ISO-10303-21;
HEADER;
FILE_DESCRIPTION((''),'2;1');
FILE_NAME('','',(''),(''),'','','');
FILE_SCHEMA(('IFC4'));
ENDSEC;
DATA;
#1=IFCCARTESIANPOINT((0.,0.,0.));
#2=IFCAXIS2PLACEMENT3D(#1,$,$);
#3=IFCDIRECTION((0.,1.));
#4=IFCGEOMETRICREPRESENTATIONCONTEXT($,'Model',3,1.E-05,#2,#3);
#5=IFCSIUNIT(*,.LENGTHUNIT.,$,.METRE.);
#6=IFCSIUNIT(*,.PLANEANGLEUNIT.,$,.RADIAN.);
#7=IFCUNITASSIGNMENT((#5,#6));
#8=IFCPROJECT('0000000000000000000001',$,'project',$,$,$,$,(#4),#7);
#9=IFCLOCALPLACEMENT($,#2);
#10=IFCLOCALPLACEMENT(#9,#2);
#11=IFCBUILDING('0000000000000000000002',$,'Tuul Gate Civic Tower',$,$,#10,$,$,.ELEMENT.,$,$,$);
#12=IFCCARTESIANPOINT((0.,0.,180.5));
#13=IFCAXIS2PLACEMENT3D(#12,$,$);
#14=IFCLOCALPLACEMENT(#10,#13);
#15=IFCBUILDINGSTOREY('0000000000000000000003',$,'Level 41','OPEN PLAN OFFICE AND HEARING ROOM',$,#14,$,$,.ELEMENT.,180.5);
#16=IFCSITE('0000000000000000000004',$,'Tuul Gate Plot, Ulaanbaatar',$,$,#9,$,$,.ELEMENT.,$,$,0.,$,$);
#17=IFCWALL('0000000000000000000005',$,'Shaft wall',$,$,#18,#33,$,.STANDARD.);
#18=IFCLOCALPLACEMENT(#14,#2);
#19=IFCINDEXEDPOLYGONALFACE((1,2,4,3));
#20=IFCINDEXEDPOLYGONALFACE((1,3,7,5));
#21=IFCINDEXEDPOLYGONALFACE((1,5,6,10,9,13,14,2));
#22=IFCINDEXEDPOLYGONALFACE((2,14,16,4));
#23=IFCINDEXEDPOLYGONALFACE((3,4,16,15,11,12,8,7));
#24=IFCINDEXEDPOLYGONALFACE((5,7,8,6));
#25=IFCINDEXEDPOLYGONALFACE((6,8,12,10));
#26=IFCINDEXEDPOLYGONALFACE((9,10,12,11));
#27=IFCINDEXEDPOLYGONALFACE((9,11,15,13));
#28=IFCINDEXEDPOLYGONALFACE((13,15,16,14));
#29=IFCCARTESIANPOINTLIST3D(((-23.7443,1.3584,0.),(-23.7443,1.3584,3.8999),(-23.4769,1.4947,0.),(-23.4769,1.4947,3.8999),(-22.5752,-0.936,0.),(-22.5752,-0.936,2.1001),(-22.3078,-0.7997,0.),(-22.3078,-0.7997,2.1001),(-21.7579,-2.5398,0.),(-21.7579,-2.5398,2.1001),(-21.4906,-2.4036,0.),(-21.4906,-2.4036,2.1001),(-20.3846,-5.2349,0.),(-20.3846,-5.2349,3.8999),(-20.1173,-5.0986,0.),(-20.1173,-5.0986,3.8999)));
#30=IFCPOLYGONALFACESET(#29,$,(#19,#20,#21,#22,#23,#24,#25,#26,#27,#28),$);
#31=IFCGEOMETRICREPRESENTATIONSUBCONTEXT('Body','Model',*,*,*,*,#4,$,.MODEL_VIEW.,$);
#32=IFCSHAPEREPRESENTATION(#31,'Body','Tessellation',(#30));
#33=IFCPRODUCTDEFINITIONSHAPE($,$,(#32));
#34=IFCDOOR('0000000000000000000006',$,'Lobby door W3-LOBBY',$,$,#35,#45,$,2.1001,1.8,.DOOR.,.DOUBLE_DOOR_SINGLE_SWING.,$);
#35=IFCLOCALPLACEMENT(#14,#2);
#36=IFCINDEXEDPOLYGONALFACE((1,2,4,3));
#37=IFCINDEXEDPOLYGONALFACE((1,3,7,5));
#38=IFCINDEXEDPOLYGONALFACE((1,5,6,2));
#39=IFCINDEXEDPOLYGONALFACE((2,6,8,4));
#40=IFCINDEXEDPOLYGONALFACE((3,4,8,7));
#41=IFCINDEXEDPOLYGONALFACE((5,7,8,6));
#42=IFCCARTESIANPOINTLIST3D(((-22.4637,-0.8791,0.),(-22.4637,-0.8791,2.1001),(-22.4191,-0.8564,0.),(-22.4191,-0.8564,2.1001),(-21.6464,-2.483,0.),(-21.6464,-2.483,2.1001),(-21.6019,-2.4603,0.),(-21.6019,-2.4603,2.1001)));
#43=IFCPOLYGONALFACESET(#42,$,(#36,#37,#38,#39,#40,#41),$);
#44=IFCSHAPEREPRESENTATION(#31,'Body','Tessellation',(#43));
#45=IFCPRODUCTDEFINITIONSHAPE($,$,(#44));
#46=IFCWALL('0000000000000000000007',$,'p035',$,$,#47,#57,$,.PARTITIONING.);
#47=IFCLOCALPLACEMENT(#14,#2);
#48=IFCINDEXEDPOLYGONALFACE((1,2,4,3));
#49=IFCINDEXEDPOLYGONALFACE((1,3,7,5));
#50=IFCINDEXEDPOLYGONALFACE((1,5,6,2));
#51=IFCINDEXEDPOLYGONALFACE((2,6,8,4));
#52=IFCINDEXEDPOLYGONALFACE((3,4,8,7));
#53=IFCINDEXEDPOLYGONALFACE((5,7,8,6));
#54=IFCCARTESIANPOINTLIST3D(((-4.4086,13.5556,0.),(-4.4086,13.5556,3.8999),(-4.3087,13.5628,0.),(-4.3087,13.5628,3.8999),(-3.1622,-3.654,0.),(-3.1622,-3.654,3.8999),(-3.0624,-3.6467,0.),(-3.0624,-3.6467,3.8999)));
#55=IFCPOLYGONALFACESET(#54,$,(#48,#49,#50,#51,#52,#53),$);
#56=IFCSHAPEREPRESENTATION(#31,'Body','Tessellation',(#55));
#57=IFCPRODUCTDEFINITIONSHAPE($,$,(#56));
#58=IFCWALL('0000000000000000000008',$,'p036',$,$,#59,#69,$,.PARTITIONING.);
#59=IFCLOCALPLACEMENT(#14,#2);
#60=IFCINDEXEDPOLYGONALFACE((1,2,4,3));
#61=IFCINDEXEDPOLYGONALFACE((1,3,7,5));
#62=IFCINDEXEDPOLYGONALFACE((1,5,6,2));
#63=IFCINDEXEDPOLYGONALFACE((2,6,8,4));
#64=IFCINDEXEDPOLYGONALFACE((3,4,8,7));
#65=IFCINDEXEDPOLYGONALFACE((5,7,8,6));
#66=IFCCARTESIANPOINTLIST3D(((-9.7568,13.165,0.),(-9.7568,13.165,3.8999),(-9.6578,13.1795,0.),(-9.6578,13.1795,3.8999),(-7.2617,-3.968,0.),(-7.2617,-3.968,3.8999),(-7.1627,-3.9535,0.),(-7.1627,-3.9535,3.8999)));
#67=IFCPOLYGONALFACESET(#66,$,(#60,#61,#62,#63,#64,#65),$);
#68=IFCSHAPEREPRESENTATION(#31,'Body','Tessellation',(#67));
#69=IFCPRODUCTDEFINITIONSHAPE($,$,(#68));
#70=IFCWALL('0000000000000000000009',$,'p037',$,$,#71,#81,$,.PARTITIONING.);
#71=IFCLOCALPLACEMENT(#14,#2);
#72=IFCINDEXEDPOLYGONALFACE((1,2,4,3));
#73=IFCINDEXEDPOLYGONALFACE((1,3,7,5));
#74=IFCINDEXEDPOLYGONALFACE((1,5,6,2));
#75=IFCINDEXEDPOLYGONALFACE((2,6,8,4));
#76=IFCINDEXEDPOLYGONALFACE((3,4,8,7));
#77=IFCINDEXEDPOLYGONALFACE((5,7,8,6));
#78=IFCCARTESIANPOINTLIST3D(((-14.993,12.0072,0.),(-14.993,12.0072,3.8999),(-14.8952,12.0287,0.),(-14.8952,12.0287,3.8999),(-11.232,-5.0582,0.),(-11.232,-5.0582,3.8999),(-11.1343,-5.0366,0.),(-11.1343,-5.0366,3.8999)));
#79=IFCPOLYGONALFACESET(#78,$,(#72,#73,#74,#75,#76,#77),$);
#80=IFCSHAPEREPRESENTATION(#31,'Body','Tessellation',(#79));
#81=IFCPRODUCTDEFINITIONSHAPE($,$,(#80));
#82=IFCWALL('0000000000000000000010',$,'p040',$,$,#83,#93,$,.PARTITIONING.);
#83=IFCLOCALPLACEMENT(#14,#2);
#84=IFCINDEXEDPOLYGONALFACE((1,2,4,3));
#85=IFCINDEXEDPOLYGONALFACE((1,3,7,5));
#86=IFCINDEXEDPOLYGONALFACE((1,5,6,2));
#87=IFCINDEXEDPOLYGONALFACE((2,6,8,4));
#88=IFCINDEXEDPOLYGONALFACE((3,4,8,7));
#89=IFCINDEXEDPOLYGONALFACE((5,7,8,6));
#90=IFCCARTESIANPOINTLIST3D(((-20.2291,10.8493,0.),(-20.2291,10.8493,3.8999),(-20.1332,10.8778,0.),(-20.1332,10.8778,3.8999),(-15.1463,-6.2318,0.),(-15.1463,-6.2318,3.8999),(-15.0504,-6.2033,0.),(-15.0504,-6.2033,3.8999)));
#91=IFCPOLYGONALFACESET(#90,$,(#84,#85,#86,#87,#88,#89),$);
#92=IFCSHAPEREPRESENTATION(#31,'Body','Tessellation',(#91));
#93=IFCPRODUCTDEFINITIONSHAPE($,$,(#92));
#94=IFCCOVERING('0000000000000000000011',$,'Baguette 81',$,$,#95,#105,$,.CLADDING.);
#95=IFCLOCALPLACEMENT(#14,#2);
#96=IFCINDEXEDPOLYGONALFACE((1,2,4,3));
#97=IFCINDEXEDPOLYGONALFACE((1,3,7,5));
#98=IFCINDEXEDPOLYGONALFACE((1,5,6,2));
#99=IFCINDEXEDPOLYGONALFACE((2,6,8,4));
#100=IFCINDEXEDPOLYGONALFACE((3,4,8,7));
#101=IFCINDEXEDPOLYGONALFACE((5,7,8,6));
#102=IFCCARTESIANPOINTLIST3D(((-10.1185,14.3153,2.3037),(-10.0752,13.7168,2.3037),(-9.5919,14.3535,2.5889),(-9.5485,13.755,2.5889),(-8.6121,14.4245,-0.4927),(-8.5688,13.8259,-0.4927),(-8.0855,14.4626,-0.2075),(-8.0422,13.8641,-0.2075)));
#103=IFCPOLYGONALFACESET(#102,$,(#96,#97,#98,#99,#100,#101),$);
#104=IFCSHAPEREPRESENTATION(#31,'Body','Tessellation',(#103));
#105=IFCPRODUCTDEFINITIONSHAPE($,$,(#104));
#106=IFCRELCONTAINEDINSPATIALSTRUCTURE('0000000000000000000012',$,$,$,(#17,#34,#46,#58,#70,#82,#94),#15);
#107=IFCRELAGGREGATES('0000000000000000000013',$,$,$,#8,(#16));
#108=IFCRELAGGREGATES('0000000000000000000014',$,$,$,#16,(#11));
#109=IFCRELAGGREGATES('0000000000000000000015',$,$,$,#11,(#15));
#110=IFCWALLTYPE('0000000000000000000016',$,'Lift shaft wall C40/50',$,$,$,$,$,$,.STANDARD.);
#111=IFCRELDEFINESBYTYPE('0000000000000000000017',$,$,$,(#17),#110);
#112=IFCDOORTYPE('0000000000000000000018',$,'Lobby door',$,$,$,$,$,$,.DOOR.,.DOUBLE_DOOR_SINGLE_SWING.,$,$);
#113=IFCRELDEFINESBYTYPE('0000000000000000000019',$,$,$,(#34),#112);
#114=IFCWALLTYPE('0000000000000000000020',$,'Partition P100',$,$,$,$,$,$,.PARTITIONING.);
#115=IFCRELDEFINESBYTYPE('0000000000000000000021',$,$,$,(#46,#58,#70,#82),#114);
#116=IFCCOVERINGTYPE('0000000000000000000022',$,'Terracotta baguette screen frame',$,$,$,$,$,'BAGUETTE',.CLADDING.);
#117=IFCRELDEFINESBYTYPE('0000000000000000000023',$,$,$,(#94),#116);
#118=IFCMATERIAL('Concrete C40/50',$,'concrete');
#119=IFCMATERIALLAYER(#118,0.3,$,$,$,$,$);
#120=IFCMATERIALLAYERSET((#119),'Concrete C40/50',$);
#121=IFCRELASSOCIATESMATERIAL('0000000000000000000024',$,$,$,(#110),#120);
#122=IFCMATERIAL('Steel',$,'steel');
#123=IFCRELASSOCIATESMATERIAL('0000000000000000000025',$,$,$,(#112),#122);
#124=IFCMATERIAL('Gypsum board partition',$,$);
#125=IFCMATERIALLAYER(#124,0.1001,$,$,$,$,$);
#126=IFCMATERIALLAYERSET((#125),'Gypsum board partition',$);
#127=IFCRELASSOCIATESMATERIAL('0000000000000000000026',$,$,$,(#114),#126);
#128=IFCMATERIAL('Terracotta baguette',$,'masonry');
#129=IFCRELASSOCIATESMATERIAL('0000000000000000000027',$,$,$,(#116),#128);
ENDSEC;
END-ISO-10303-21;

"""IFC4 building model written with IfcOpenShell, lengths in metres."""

from ifc_helpers import new_model, si_unit, direction, frame, frame_2d, origin, origin_2d, place, context, subcontext, project, spatial, rectangle, extrude, material, layer, layer_set, material_profile, profile_set, type_object, element, fill, save


model = new_model("IFC4")

# Units and contexts
model_context = context("Model", 3, precision=1e-05, world=origin(), true_north=direction((0.0, 1.0)))
body_context = subcontext(model_context, "Body", "Model", "MODEL_VIEW")
ifc_project = project(units=[si_unit("LENGTHUNIT", "METRE"), si_unit("PLANEANGLEUNIT", "RADIAN")], contexts=[model_context])

# Site, building, storey
site_placement = place(None, origin())
site = spatial("IfcSite", under=ifc_project, at=site_placement, Name="Tuul Gate Plot, Ulaanbaatar", CompositionType="ELEMENT", RefElevation=0.0)
building_placement = place(site_placement, origin())
building = spatial("IfcBuilding", under=site, at=building_placement, Name="Tuul Gate Civic Tower", CompositionType="ELEMENT")
storey_placement = place(building_placement, frame((0.0, 0.0, 180.5)))
storey = spatial("IfcBuildingStorey", under=building, at=storey_placement, Name="Level 41", Description="OPEN PLAN OFFICE AND HEARING ROOM", CompositionType="ELEMENT", Elevation=180.5)

# Shared definitions
ifc_material_1 = material(Name="Concrete C40/50", Category="concrete")
ifc_layer_1 = layer(ifc_material_1, 0.3)
ifc_layer_set_1 = layer_set([ifc_layer_1], Name="Concrete C40/50")
wall_type_1 = type_object("IfcWallType", Name="Lift shaft wall C40/50", PredefinedType="STANDARD", material=ifc_layer_set_1)

# Wall, opening, door
wall_1_placement = place(storey_placement, frame((-20.251, -5.1667, 0.0), z_axis=(0.0, 0.0, 1.0), x_axis=(-0.45401, 0.890996, 0.0)))
wall_1 = element("IfcWall", 1, at=wall_1_placement, inside=storey, type_object=wall_type_1, Name="Shaft wall", PredefinedType="STANDARD", context=body_context, shape_type="SweptSolid", body=[
    extrude(rectangle(XDim=7.3999, YDim=0.3, at=frame_2d((3.7, 0.0))), origin(), (0.0, 0.0, 1.0), 3.8999),
])
opening_1_placement = place(wall_1_placement, frame((3.0249, 0.0, 0.0)))
opening_1 = element("IfcOpeningElement", 2, at=opening_1_placement, cuts=wall_1, PredefinedType="OPENING", context=body_context, shape_type="SweptSolid", body=[
    extrude(rectangle(XDim=1.8, YDim=2.1001, at=frame_2d((0.8999, 1.05))), frame((0.0, 0.1602, 0.0), z_axis=(0.0, -1.0, 0.0), x_axis=(1.0, 0.0, 0.0)), (0.0, 0.0, 1.0), 0.3201),
])
ifc_material_2 = material(Name="Steel", Category="steel")
door_type_1 = type_object("IfcDoorType", Name="Lobby door", OperationType="DOUBLE_DOOR_SINGLE_SWING", PredefinedType="DOOR", material=ifc_material_2)
door_1_placement = place(opening_1_placement, origin())
door_1 = element("IfcDoor", 3, at=door_1_placement, inside=storey, type_object=door_type_1, Name="Lobby door W3-LOBBY", OperationType="DOUBLE_DOOR_SINGLE_SWING", OverallHeight=2.1001, OverallWidth=1.8, PredefinedType="DOOR", context=body_context, shape_type="SweptSolid", body=[
    extrude(rectangle(XDim=1.8, YDim=2.1001, at=frame_2d((0.8999, 1.05))), frame((0.0, 0.0249, 0.0), z_axis=(0.0, -1.0, 0.0), x_axis=(1.0, 0.0, 0.0)), (0.0, 0.0, 1.0), 0.05),
])
fill(opening_1, door_1)

# Walls
ifc_material_3 = material(Name="Gypsum board partition")
ifc_layer_2 = layer(ifc_material_3, 0.1001)
ifc_layer_set_2 = layer_set([ifc_layer_2], Name="Gypsum board partition")
wall_type_2 = type_object("IfcWallType", Name="Partition P100", PredefinedType="PARTITIONING", material=ifc_layer_set_2)
wall_2_placement = place(storey_placement, frame((-4.3586, 13.5593, 0.0), z_axis=(0.0, 0.0, 1.0), x_axis=(0.072232, -0.997388, 0.0)))
element("IfcWall", 4, at=wall_2_placement, inside=storey, type_object=wall_type_2, Name="p035", PredefinedType="PARTITIONING", context=body_context, shape_type="SweptSolid", body=[
    extrude(rectangle(XDim=17.2546, YDim=0.1001, at=frame_2d((8.6274, 0.0))), origin(), (0.0, 0.0, 1.0), 3.8999),
])
wall_3_placement = place(storey_placement, frame((-9.7073, 13.1721, 0.0), z_axis=(0.0, 0.0, 1.0), x_axis=(0.144112, -0.989561, 0.0)))
element("IfcWall", 5, at=wall_3_placement, inside=storey, type_object=wall_type_2, Name="p036", PredefinedType="PARTITIONING", context=body_context, shape_type="SweptSolid", body=[
    extrude(rectangle(XDim=17.3137, YDim=0.1001, at=frame_2d((8.6567, 0.0))), origin(), (0.0, 0.0, 1.0), 3.8999),
])
wall_4_placement = place(storey_placement, frame((-14.9441, 12.0178, 0.0), z_axis=(0.0, 0.0, 1.0), x_axis=(0.215222, -0.976565, 0.0)))
element("IfcWall", 6, at=wall_4_placement, inside=storey, type_object=wall_type_2, Name="p037", PredefinedType="PARTITIONING", context=body_context, shape_type="SweptSolid", body=[
    extrude(rectangle(XDim=17.4749, YDim=0.1001, at=frame_2d((8.7373, 0.0))), origin(), (0.0, 0.0, 1.0), 3.8999),
])
wall_5_placement = place(storey_placement, frame((-20.1812, 10.8635, 0.0), z_axis=(0.0, 0.0, 1.0), x_axis=(0.285208, -0.958466, 0.0)))
element("IfcWall", 7, at=wall_5_placement, inside=storey, type_object=wall_type_2, Name="p040", PredefinedType="PARTITIONING", context=body_context, shape_type="SweptSolid", body=[
    extrude(rectangle(XDim=17.8213, YDim=0.1001, at=frame_2d((8.9106, 0.0))), origin(), (0.0, 0.0, 1.0), 3.8999),
])

# Covering
ifc_material_4 = material(Name="Terracotta baguette", Category="masonry")
ifc_material_profile_1 = material_profile(ifc_material_4, rectangle(XDim=0.6001, YDim=0.6001, at=origin_2d()), Name="Terracotta baguette screen frame")
ifc_profile_set_1 = profile_set([ifc_material_profile_1], Name="Terracotta baguette")
covering_type = type_object("IfcCoveringType", Name="Terracotta baguette screen frame", ElementType="BAGUETTE", PredefinedType="CLADDING", material=ifc_profile_set_1)
covering_placement = place(storey_placement, frame((-8.3271, 14.1443, -0.3501), z_axis=(-0.473967, -0.034338, 0.879873), x_axis=(0.072258, -0.997386, 0.0)))
element("IfcCovering", 8, at=covering_placement, inside=storey, type_object=covering_type, Name="Baguette 81", PredefinedType="CLADDING", context=body_context, shape_type="SweptSolid", body=[
    extrude(rectangle(XDim=0.6001, YDim=0.6001, at=origin_2d()), origin(), (0.0, 0.0, 1.0), 3.1782),
])

save(model, "model.ifc")
